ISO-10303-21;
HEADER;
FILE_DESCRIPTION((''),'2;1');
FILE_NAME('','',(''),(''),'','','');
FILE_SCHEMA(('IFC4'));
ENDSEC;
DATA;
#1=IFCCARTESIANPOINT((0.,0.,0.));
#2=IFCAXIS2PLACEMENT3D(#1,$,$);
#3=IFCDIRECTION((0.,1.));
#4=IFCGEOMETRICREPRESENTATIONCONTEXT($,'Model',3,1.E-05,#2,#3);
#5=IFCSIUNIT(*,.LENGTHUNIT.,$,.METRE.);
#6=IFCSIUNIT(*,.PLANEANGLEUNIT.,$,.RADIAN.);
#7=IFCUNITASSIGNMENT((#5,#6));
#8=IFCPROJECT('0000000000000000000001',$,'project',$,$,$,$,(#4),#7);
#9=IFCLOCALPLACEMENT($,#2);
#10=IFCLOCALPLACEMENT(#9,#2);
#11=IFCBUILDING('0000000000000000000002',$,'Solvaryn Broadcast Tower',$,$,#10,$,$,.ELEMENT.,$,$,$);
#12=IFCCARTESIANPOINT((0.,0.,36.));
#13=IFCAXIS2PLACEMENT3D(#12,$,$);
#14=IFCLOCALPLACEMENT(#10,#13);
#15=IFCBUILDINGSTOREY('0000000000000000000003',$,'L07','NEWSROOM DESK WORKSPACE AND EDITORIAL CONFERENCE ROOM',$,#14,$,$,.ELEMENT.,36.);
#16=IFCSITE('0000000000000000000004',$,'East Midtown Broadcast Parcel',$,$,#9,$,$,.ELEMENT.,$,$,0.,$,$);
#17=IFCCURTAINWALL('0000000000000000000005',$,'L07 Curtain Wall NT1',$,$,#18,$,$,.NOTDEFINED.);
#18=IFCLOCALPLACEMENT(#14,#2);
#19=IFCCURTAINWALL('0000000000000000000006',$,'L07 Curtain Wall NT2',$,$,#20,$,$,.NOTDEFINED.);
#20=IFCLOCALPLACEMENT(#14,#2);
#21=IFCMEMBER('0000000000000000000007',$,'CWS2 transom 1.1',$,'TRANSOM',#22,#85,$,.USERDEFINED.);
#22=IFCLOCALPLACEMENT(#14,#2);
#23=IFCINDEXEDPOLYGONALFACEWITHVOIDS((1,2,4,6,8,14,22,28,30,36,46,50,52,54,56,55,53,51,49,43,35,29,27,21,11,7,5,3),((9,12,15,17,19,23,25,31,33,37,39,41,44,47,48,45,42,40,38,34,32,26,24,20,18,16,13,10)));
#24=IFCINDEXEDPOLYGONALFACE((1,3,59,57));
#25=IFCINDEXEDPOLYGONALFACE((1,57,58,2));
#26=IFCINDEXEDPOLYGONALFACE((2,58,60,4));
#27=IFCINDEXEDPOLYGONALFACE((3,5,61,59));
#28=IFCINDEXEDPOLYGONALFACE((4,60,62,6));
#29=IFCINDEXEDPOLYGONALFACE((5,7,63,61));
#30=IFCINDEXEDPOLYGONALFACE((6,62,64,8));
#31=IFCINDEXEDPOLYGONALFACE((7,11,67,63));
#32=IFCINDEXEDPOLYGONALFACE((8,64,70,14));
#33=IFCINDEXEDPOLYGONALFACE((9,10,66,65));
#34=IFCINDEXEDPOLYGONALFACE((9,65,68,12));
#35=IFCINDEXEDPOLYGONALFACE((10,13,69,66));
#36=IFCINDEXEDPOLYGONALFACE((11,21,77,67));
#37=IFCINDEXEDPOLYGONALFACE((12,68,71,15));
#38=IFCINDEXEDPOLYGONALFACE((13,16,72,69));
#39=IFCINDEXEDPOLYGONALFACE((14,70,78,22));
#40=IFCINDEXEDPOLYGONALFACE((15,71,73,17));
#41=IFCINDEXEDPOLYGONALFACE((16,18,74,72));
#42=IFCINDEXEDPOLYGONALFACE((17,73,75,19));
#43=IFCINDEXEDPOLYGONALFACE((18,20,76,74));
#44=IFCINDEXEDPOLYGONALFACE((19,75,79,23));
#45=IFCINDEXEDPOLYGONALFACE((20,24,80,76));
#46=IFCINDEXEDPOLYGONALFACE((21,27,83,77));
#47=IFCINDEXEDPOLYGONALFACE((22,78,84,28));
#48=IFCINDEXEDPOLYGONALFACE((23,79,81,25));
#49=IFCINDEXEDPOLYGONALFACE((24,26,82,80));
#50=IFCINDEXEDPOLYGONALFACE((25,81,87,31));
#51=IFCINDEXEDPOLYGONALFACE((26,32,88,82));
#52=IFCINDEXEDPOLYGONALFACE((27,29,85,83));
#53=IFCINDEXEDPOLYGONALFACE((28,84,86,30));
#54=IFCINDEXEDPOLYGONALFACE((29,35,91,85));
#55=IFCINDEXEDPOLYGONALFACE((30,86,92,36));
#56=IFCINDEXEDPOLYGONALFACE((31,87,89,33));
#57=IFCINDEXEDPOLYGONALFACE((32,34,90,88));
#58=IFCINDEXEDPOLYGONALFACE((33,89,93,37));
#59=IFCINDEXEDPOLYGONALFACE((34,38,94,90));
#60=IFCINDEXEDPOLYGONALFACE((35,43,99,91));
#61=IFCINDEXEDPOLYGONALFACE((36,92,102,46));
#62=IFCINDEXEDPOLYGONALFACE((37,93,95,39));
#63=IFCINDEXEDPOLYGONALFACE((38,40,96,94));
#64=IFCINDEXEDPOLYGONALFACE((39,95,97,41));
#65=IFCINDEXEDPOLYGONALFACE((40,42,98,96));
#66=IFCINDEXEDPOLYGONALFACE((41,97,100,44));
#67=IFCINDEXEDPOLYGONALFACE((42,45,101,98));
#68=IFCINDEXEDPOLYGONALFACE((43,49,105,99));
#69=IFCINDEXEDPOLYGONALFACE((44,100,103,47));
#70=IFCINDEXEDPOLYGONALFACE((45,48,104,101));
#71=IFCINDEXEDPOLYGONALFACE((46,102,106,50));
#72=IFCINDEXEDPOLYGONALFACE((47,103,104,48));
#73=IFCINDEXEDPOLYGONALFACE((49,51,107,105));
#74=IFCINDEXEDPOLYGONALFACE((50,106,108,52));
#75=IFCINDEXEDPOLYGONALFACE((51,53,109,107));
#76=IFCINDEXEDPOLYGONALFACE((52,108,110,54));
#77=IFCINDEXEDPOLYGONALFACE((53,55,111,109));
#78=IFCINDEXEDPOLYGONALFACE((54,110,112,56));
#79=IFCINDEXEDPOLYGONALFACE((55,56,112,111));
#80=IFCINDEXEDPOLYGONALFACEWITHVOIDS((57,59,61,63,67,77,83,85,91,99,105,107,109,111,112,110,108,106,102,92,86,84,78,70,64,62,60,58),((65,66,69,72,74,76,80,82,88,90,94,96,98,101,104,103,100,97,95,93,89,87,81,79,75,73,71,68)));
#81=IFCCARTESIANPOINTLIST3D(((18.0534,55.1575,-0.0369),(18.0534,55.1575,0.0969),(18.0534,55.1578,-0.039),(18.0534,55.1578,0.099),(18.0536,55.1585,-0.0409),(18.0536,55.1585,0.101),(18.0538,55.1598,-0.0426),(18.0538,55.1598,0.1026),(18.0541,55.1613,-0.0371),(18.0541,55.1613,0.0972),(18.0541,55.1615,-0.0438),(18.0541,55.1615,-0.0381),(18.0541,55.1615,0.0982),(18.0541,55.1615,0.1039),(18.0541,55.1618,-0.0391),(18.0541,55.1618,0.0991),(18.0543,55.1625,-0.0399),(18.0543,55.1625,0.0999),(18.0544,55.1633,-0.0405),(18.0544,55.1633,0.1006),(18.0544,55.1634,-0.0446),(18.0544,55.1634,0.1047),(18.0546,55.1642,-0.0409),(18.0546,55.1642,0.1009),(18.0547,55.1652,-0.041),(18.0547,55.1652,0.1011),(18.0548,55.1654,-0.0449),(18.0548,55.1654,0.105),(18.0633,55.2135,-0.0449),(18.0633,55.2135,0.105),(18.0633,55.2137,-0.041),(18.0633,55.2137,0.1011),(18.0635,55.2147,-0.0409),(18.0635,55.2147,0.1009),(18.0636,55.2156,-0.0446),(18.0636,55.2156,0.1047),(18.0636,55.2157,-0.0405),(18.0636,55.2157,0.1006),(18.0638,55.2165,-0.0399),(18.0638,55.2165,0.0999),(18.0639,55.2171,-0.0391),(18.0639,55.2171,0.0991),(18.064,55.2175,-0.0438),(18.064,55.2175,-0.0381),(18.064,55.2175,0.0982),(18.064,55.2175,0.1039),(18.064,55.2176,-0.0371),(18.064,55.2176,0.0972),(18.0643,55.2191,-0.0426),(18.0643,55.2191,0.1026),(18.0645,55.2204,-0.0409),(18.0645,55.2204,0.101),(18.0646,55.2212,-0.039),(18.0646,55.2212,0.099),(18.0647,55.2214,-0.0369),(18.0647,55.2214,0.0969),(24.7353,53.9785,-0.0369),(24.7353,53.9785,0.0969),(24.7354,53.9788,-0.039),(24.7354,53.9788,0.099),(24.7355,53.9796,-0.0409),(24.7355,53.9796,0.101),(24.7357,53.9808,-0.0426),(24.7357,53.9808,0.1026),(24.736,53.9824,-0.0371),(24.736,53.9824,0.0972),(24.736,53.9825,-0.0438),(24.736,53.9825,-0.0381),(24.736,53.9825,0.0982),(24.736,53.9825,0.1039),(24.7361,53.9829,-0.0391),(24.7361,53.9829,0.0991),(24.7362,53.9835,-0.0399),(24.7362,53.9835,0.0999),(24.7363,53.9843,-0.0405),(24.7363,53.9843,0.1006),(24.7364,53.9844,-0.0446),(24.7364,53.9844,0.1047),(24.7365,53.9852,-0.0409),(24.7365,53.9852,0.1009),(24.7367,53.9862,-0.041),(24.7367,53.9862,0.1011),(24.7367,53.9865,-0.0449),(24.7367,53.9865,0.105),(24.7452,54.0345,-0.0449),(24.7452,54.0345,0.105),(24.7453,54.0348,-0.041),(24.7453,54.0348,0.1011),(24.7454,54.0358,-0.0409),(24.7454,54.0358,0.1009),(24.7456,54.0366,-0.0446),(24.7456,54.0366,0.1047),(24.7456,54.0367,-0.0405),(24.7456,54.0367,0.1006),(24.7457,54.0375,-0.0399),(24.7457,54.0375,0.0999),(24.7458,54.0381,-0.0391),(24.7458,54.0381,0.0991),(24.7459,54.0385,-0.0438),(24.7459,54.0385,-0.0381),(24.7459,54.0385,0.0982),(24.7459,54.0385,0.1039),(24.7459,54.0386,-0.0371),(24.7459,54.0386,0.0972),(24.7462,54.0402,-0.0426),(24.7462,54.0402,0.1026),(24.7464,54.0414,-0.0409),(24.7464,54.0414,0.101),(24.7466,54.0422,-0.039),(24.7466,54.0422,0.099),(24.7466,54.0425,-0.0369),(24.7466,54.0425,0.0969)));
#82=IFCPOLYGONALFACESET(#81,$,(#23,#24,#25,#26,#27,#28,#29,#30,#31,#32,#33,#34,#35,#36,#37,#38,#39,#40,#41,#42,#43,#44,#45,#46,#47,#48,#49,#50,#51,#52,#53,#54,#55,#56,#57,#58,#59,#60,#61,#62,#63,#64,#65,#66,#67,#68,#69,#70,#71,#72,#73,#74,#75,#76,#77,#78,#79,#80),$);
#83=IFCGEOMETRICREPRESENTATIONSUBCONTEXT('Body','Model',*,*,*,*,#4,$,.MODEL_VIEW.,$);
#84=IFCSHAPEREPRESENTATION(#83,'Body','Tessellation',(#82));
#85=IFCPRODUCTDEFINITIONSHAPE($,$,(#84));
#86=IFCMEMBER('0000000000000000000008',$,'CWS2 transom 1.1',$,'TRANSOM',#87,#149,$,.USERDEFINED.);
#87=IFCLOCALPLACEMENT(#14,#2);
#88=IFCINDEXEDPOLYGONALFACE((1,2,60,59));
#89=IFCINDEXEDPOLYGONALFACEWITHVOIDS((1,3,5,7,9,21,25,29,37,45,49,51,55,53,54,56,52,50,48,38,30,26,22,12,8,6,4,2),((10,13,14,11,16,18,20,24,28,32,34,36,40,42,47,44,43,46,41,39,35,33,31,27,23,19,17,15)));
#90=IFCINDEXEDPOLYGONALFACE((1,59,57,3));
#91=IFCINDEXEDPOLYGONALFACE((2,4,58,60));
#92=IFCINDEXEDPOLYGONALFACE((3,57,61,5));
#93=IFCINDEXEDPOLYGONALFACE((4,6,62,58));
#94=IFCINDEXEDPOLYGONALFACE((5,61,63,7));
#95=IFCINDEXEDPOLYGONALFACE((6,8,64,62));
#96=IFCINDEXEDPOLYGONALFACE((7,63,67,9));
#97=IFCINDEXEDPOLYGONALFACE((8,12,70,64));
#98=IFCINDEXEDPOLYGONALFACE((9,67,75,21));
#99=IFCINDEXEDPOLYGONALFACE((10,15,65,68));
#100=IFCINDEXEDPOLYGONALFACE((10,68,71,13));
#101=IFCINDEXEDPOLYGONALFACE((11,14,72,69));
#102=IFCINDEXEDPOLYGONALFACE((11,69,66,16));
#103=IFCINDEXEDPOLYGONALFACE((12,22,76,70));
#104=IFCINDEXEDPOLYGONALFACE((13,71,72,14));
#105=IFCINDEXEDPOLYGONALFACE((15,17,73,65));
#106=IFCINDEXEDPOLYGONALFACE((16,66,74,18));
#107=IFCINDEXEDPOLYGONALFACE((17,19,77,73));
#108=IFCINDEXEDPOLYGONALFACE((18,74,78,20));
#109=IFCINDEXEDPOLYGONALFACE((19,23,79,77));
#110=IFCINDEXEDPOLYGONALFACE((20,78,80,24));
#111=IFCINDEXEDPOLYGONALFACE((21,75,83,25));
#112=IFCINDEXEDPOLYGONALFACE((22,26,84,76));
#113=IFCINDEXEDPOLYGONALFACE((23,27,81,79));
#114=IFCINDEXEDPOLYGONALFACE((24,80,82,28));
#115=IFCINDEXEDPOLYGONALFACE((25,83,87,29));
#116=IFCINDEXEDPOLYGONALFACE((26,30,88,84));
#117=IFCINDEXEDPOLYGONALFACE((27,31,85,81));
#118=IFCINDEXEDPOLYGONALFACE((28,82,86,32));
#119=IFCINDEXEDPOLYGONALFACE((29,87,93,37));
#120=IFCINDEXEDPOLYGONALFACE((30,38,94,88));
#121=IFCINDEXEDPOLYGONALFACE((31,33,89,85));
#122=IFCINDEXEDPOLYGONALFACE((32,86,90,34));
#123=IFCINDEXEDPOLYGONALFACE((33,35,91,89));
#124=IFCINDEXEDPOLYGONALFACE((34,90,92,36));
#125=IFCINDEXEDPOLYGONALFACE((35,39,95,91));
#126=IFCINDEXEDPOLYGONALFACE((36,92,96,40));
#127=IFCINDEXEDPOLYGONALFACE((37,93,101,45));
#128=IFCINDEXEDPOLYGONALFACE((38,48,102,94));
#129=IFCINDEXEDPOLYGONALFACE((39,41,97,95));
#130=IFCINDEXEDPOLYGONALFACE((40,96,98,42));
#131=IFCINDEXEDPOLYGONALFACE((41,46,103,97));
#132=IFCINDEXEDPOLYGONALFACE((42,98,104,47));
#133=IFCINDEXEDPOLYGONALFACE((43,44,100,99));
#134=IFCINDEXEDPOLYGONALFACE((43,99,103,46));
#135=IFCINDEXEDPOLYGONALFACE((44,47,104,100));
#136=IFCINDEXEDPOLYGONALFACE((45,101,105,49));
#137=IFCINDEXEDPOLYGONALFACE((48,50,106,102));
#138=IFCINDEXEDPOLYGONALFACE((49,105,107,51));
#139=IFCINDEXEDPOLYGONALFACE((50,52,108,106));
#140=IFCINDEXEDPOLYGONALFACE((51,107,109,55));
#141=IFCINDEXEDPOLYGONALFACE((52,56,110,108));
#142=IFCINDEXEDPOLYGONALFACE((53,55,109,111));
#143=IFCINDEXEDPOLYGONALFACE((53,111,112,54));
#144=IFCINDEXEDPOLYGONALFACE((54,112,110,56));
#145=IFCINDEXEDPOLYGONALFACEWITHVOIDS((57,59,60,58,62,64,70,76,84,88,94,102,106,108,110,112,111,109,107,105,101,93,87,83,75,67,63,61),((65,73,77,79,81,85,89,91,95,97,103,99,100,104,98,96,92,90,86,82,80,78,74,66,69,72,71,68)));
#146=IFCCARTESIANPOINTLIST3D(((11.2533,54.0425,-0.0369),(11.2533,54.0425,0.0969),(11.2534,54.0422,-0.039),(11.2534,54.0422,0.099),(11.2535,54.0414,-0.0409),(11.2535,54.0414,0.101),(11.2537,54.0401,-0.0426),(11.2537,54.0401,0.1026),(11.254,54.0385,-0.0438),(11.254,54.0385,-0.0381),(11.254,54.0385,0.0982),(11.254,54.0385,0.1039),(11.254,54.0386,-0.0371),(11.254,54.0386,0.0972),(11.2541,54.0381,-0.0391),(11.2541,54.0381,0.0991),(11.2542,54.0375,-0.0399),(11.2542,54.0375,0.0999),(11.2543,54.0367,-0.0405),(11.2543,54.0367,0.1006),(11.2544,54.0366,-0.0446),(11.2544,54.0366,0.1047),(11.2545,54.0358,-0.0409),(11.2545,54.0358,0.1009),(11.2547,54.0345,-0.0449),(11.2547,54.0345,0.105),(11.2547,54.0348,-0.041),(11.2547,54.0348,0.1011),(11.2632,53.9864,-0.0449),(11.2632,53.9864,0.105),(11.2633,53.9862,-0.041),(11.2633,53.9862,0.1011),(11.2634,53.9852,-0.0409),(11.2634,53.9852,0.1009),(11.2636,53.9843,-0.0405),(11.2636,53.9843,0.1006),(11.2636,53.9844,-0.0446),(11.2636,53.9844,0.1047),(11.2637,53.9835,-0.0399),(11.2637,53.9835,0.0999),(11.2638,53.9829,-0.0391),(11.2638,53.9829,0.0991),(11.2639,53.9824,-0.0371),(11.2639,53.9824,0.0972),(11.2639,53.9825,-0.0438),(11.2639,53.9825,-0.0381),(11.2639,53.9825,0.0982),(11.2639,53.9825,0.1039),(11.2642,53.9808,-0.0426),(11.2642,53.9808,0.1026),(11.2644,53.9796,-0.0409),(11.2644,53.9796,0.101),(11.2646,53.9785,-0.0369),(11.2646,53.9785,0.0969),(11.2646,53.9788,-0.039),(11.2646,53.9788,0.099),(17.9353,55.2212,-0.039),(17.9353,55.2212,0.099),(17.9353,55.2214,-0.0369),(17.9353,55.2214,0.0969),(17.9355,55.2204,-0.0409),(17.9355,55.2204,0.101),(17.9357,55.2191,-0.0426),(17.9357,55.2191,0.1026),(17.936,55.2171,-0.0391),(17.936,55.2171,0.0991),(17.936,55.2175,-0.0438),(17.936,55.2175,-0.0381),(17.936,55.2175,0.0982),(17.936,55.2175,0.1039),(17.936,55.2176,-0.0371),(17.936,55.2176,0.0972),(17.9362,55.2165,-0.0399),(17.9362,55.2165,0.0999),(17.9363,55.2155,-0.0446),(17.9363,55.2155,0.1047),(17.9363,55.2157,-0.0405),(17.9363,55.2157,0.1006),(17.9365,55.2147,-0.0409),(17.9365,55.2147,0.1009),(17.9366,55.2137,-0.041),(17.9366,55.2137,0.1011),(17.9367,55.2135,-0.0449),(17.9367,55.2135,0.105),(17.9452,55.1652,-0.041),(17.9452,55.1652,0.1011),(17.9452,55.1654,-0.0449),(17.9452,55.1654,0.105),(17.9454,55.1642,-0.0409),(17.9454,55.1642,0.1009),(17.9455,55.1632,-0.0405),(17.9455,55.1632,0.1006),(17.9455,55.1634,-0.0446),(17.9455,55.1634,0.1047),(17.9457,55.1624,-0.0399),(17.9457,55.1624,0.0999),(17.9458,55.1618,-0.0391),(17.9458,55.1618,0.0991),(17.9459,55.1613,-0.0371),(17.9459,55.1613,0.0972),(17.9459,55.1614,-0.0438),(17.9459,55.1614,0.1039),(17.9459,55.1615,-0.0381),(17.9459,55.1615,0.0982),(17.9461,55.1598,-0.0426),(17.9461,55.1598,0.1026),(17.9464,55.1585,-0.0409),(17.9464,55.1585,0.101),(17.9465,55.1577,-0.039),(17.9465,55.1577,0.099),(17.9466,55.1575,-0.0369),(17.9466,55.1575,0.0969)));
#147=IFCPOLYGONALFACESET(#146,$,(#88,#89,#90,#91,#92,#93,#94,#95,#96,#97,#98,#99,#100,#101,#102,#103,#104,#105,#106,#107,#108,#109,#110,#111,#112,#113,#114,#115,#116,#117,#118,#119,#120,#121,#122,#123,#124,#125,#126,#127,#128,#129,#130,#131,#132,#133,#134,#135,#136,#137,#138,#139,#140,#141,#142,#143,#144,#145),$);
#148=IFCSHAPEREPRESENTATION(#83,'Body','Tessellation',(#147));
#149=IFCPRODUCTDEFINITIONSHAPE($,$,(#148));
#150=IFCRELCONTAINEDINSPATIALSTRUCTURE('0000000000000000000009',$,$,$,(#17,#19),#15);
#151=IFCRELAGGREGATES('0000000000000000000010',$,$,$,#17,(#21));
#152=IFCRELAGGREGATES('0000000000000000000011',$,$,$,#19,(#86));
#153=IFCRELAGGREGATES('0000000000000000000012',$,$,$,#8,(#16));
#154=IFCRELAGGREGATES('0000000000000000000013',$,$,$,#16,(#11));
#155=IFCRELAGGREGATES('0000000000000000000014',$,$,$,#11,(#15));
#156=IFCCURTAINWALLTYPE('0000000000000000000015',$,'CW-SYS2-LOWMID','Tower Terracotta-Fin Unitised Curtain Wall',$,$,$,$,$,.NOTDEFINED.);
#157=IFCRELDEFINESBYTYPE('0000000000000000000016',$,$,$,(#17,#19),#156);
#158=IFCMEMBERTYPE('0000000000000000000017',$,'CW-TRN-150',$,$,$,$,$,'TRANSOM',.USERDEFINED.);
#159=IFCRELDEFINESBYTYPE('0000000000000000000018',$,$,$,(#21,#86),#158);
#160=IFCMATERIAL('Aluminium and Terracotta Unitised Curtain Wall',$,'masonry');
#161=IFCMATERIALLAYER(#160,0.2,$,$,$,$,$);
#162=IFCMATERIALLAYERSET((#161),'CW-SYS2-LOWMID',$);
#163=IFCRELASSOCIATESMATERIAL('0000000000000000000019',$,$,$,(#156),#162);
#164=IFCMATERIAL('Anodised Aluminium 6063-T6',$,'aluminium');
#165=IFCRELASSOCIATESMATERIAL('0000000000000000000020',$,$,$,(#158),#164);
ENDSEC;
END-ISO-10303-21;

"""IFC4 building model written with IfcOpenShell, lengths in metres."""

from ifc_helpers import new_model, si_unit, direction, frame, origin, origin_2d, place, context, subcontext, project, spatial, hollow_rectangle, extrude, material, layer, layer_set, material_profile, profile_set, type_object, element, aggregate, save


model = new_model("IFC4")

# Units and contexts
model_context = context("Model", 3, precision=1e-05, world=origin(), true_north=direction((0.0, 1.0)))
body_context = subcontext(model_context, "Body", "Model", "MODEL_VIEW")
ifc_project = project(units=[si_unit("LENGTHUNIT", "METRE"), si_unit("PLANEANGLEUNIT", "RADIAN")], contexts=[model_context])

# Site, building, storey
site_placement = place(None, origin())
site = spatial("IfcSite", under=ifc_project, at=site_placement, Name="East Midtown Broadcast Parcel", CompositionType="ELEMENT", RefElevation=0.0)
building_placement = place(site_placement, origin())
building = spatial("IfcBuilding", under=site, at=building_placement, Name="Solvaryn Broadcast Tower", CompositionType="ELEMENT")
storey_placement = place(building_placement, frame((0.0, 0.0, 36.0)))
storey = spatial("IfcBuildingStorey", under=building, at=storey_placement, Name="L07", Description="NEWSROOM DESK WORKSPACE AND EDITORIAL CONFERENCE ROOM", CompositionType="ELEMENT", Elevation=36.0)

# Curtain walls
ifc_material_1 = material(Name="Aluminium and Terracotta Unitised Curtain Wall", Category="masonry")
ifc_layer_1 = layer(ifc_material_1, 0.2)
ifc_layer_set_1 = layer_set([ifc_layer_1], Name="CW-SYS2-LOWMID")
curtain_wall_type = type_object("IfcCurtainWallType", Name="CW-SYS2-LOWMID", Description="Tower Terracotta-Fin Unitised Curtain Wall", PredefinedType="NOTDEFINED", material=ifc_layer_set_1)
curtain_wall_1_placement = place(storey_placement, origin())
curtain_wall_1 = element("IfcCurtainWall", 1, at=curtain_wall_1_placement, inside=storey, type_object=curtain_wall_type, Name="L07 Curtain Wall NT1", PredefinedType="NOTDEFINED")
curtain_wall_2_placement = place(storey_placement, origin())
curtain_wall_2 = element("IfcCurtainWall", 2, at=curtain_wall_2_placement, inside=storey, type_object=curtain_wall_type, Name="L07 Curtain Wall NT2", PredefinedType="NOTDEFINED")

# Members
ifc_material_2 = material(Name="Anodised Aluminium 6063-T6", Category="aluminium")
ifc_material_profile_1 = material_profile(ifc_material_2, hollow_rectangle(XDim=0.0649, YDim=0.1499, WallThickness=0.0039, InnerFilletRadius=0.0039, OuterFilletRadius=0.0081, at=origin_2d()))
ifc_profile_set_1 = profile_set([ifc_material_profile_1], Name="Anodised Aluminium 6063-T6")
member_type_1 = type_object("IfcMemberType", Name="CW-TRN-150", ElementType="TRANSOM", PredefinedType="USERDEFINED", material=ifc_profile_set_1)
member_1_placement = place(storey_placement, frame((24.741, 54.0105, 0.03), z_axis=(-0.984789, 0.173757, 0.0), x_axis=(-0.173757, -0.984789, 0.0)))
member_1 = element("IfcMember", 3, at=member_1_placement, type_object=member_type_1, Name="CWS2 transom 1.1", ObjectType="TRANSOM", PredefinedType="USERDEFINED", context=body_context, shape_type="SweptSolid", body=[
    extrude(hollow_rectangle(XDim=0.0649, YDim=0.1499, WallThickness=0.0039, InnerFilletRadius=0.0039, OuterFilletRadius=0.0081, at=origin_2d()), origin(), (0.0, 0.0, 1.0), 6.7852),
])
member_2_placement = place(storey_placement, frame((17.9409, 55.1895, 0.03), z_axis=(-0.984789, -0.173757, 0.0), x_axis=(0.173757, -0.984789, 0.0)))
member_2 = element("IfcMember", 4, at=member_2_placement, type_object=member_type_1, Name="CWS2 transom 1.1", ObjectType="TRANSOM", PredefinedType="USERDEFINED", context=body_context, shape_type="SweptSolid", body=[
    extrude(hollow_rectangle(XDim=0.0649, YDim=0.1499, WallThickness=0.0039, InnerFilletRadius=0.0039, OuterFilletRadius=0.0081, at=origin_2d()), origin(), (0.0, 0.0, 1.0), 6.7852),
])

aggregate(curtain_wall_1, [member_1])
aggregate(curtain_wall_2, [member_2])

save(model, "model.ifc")
